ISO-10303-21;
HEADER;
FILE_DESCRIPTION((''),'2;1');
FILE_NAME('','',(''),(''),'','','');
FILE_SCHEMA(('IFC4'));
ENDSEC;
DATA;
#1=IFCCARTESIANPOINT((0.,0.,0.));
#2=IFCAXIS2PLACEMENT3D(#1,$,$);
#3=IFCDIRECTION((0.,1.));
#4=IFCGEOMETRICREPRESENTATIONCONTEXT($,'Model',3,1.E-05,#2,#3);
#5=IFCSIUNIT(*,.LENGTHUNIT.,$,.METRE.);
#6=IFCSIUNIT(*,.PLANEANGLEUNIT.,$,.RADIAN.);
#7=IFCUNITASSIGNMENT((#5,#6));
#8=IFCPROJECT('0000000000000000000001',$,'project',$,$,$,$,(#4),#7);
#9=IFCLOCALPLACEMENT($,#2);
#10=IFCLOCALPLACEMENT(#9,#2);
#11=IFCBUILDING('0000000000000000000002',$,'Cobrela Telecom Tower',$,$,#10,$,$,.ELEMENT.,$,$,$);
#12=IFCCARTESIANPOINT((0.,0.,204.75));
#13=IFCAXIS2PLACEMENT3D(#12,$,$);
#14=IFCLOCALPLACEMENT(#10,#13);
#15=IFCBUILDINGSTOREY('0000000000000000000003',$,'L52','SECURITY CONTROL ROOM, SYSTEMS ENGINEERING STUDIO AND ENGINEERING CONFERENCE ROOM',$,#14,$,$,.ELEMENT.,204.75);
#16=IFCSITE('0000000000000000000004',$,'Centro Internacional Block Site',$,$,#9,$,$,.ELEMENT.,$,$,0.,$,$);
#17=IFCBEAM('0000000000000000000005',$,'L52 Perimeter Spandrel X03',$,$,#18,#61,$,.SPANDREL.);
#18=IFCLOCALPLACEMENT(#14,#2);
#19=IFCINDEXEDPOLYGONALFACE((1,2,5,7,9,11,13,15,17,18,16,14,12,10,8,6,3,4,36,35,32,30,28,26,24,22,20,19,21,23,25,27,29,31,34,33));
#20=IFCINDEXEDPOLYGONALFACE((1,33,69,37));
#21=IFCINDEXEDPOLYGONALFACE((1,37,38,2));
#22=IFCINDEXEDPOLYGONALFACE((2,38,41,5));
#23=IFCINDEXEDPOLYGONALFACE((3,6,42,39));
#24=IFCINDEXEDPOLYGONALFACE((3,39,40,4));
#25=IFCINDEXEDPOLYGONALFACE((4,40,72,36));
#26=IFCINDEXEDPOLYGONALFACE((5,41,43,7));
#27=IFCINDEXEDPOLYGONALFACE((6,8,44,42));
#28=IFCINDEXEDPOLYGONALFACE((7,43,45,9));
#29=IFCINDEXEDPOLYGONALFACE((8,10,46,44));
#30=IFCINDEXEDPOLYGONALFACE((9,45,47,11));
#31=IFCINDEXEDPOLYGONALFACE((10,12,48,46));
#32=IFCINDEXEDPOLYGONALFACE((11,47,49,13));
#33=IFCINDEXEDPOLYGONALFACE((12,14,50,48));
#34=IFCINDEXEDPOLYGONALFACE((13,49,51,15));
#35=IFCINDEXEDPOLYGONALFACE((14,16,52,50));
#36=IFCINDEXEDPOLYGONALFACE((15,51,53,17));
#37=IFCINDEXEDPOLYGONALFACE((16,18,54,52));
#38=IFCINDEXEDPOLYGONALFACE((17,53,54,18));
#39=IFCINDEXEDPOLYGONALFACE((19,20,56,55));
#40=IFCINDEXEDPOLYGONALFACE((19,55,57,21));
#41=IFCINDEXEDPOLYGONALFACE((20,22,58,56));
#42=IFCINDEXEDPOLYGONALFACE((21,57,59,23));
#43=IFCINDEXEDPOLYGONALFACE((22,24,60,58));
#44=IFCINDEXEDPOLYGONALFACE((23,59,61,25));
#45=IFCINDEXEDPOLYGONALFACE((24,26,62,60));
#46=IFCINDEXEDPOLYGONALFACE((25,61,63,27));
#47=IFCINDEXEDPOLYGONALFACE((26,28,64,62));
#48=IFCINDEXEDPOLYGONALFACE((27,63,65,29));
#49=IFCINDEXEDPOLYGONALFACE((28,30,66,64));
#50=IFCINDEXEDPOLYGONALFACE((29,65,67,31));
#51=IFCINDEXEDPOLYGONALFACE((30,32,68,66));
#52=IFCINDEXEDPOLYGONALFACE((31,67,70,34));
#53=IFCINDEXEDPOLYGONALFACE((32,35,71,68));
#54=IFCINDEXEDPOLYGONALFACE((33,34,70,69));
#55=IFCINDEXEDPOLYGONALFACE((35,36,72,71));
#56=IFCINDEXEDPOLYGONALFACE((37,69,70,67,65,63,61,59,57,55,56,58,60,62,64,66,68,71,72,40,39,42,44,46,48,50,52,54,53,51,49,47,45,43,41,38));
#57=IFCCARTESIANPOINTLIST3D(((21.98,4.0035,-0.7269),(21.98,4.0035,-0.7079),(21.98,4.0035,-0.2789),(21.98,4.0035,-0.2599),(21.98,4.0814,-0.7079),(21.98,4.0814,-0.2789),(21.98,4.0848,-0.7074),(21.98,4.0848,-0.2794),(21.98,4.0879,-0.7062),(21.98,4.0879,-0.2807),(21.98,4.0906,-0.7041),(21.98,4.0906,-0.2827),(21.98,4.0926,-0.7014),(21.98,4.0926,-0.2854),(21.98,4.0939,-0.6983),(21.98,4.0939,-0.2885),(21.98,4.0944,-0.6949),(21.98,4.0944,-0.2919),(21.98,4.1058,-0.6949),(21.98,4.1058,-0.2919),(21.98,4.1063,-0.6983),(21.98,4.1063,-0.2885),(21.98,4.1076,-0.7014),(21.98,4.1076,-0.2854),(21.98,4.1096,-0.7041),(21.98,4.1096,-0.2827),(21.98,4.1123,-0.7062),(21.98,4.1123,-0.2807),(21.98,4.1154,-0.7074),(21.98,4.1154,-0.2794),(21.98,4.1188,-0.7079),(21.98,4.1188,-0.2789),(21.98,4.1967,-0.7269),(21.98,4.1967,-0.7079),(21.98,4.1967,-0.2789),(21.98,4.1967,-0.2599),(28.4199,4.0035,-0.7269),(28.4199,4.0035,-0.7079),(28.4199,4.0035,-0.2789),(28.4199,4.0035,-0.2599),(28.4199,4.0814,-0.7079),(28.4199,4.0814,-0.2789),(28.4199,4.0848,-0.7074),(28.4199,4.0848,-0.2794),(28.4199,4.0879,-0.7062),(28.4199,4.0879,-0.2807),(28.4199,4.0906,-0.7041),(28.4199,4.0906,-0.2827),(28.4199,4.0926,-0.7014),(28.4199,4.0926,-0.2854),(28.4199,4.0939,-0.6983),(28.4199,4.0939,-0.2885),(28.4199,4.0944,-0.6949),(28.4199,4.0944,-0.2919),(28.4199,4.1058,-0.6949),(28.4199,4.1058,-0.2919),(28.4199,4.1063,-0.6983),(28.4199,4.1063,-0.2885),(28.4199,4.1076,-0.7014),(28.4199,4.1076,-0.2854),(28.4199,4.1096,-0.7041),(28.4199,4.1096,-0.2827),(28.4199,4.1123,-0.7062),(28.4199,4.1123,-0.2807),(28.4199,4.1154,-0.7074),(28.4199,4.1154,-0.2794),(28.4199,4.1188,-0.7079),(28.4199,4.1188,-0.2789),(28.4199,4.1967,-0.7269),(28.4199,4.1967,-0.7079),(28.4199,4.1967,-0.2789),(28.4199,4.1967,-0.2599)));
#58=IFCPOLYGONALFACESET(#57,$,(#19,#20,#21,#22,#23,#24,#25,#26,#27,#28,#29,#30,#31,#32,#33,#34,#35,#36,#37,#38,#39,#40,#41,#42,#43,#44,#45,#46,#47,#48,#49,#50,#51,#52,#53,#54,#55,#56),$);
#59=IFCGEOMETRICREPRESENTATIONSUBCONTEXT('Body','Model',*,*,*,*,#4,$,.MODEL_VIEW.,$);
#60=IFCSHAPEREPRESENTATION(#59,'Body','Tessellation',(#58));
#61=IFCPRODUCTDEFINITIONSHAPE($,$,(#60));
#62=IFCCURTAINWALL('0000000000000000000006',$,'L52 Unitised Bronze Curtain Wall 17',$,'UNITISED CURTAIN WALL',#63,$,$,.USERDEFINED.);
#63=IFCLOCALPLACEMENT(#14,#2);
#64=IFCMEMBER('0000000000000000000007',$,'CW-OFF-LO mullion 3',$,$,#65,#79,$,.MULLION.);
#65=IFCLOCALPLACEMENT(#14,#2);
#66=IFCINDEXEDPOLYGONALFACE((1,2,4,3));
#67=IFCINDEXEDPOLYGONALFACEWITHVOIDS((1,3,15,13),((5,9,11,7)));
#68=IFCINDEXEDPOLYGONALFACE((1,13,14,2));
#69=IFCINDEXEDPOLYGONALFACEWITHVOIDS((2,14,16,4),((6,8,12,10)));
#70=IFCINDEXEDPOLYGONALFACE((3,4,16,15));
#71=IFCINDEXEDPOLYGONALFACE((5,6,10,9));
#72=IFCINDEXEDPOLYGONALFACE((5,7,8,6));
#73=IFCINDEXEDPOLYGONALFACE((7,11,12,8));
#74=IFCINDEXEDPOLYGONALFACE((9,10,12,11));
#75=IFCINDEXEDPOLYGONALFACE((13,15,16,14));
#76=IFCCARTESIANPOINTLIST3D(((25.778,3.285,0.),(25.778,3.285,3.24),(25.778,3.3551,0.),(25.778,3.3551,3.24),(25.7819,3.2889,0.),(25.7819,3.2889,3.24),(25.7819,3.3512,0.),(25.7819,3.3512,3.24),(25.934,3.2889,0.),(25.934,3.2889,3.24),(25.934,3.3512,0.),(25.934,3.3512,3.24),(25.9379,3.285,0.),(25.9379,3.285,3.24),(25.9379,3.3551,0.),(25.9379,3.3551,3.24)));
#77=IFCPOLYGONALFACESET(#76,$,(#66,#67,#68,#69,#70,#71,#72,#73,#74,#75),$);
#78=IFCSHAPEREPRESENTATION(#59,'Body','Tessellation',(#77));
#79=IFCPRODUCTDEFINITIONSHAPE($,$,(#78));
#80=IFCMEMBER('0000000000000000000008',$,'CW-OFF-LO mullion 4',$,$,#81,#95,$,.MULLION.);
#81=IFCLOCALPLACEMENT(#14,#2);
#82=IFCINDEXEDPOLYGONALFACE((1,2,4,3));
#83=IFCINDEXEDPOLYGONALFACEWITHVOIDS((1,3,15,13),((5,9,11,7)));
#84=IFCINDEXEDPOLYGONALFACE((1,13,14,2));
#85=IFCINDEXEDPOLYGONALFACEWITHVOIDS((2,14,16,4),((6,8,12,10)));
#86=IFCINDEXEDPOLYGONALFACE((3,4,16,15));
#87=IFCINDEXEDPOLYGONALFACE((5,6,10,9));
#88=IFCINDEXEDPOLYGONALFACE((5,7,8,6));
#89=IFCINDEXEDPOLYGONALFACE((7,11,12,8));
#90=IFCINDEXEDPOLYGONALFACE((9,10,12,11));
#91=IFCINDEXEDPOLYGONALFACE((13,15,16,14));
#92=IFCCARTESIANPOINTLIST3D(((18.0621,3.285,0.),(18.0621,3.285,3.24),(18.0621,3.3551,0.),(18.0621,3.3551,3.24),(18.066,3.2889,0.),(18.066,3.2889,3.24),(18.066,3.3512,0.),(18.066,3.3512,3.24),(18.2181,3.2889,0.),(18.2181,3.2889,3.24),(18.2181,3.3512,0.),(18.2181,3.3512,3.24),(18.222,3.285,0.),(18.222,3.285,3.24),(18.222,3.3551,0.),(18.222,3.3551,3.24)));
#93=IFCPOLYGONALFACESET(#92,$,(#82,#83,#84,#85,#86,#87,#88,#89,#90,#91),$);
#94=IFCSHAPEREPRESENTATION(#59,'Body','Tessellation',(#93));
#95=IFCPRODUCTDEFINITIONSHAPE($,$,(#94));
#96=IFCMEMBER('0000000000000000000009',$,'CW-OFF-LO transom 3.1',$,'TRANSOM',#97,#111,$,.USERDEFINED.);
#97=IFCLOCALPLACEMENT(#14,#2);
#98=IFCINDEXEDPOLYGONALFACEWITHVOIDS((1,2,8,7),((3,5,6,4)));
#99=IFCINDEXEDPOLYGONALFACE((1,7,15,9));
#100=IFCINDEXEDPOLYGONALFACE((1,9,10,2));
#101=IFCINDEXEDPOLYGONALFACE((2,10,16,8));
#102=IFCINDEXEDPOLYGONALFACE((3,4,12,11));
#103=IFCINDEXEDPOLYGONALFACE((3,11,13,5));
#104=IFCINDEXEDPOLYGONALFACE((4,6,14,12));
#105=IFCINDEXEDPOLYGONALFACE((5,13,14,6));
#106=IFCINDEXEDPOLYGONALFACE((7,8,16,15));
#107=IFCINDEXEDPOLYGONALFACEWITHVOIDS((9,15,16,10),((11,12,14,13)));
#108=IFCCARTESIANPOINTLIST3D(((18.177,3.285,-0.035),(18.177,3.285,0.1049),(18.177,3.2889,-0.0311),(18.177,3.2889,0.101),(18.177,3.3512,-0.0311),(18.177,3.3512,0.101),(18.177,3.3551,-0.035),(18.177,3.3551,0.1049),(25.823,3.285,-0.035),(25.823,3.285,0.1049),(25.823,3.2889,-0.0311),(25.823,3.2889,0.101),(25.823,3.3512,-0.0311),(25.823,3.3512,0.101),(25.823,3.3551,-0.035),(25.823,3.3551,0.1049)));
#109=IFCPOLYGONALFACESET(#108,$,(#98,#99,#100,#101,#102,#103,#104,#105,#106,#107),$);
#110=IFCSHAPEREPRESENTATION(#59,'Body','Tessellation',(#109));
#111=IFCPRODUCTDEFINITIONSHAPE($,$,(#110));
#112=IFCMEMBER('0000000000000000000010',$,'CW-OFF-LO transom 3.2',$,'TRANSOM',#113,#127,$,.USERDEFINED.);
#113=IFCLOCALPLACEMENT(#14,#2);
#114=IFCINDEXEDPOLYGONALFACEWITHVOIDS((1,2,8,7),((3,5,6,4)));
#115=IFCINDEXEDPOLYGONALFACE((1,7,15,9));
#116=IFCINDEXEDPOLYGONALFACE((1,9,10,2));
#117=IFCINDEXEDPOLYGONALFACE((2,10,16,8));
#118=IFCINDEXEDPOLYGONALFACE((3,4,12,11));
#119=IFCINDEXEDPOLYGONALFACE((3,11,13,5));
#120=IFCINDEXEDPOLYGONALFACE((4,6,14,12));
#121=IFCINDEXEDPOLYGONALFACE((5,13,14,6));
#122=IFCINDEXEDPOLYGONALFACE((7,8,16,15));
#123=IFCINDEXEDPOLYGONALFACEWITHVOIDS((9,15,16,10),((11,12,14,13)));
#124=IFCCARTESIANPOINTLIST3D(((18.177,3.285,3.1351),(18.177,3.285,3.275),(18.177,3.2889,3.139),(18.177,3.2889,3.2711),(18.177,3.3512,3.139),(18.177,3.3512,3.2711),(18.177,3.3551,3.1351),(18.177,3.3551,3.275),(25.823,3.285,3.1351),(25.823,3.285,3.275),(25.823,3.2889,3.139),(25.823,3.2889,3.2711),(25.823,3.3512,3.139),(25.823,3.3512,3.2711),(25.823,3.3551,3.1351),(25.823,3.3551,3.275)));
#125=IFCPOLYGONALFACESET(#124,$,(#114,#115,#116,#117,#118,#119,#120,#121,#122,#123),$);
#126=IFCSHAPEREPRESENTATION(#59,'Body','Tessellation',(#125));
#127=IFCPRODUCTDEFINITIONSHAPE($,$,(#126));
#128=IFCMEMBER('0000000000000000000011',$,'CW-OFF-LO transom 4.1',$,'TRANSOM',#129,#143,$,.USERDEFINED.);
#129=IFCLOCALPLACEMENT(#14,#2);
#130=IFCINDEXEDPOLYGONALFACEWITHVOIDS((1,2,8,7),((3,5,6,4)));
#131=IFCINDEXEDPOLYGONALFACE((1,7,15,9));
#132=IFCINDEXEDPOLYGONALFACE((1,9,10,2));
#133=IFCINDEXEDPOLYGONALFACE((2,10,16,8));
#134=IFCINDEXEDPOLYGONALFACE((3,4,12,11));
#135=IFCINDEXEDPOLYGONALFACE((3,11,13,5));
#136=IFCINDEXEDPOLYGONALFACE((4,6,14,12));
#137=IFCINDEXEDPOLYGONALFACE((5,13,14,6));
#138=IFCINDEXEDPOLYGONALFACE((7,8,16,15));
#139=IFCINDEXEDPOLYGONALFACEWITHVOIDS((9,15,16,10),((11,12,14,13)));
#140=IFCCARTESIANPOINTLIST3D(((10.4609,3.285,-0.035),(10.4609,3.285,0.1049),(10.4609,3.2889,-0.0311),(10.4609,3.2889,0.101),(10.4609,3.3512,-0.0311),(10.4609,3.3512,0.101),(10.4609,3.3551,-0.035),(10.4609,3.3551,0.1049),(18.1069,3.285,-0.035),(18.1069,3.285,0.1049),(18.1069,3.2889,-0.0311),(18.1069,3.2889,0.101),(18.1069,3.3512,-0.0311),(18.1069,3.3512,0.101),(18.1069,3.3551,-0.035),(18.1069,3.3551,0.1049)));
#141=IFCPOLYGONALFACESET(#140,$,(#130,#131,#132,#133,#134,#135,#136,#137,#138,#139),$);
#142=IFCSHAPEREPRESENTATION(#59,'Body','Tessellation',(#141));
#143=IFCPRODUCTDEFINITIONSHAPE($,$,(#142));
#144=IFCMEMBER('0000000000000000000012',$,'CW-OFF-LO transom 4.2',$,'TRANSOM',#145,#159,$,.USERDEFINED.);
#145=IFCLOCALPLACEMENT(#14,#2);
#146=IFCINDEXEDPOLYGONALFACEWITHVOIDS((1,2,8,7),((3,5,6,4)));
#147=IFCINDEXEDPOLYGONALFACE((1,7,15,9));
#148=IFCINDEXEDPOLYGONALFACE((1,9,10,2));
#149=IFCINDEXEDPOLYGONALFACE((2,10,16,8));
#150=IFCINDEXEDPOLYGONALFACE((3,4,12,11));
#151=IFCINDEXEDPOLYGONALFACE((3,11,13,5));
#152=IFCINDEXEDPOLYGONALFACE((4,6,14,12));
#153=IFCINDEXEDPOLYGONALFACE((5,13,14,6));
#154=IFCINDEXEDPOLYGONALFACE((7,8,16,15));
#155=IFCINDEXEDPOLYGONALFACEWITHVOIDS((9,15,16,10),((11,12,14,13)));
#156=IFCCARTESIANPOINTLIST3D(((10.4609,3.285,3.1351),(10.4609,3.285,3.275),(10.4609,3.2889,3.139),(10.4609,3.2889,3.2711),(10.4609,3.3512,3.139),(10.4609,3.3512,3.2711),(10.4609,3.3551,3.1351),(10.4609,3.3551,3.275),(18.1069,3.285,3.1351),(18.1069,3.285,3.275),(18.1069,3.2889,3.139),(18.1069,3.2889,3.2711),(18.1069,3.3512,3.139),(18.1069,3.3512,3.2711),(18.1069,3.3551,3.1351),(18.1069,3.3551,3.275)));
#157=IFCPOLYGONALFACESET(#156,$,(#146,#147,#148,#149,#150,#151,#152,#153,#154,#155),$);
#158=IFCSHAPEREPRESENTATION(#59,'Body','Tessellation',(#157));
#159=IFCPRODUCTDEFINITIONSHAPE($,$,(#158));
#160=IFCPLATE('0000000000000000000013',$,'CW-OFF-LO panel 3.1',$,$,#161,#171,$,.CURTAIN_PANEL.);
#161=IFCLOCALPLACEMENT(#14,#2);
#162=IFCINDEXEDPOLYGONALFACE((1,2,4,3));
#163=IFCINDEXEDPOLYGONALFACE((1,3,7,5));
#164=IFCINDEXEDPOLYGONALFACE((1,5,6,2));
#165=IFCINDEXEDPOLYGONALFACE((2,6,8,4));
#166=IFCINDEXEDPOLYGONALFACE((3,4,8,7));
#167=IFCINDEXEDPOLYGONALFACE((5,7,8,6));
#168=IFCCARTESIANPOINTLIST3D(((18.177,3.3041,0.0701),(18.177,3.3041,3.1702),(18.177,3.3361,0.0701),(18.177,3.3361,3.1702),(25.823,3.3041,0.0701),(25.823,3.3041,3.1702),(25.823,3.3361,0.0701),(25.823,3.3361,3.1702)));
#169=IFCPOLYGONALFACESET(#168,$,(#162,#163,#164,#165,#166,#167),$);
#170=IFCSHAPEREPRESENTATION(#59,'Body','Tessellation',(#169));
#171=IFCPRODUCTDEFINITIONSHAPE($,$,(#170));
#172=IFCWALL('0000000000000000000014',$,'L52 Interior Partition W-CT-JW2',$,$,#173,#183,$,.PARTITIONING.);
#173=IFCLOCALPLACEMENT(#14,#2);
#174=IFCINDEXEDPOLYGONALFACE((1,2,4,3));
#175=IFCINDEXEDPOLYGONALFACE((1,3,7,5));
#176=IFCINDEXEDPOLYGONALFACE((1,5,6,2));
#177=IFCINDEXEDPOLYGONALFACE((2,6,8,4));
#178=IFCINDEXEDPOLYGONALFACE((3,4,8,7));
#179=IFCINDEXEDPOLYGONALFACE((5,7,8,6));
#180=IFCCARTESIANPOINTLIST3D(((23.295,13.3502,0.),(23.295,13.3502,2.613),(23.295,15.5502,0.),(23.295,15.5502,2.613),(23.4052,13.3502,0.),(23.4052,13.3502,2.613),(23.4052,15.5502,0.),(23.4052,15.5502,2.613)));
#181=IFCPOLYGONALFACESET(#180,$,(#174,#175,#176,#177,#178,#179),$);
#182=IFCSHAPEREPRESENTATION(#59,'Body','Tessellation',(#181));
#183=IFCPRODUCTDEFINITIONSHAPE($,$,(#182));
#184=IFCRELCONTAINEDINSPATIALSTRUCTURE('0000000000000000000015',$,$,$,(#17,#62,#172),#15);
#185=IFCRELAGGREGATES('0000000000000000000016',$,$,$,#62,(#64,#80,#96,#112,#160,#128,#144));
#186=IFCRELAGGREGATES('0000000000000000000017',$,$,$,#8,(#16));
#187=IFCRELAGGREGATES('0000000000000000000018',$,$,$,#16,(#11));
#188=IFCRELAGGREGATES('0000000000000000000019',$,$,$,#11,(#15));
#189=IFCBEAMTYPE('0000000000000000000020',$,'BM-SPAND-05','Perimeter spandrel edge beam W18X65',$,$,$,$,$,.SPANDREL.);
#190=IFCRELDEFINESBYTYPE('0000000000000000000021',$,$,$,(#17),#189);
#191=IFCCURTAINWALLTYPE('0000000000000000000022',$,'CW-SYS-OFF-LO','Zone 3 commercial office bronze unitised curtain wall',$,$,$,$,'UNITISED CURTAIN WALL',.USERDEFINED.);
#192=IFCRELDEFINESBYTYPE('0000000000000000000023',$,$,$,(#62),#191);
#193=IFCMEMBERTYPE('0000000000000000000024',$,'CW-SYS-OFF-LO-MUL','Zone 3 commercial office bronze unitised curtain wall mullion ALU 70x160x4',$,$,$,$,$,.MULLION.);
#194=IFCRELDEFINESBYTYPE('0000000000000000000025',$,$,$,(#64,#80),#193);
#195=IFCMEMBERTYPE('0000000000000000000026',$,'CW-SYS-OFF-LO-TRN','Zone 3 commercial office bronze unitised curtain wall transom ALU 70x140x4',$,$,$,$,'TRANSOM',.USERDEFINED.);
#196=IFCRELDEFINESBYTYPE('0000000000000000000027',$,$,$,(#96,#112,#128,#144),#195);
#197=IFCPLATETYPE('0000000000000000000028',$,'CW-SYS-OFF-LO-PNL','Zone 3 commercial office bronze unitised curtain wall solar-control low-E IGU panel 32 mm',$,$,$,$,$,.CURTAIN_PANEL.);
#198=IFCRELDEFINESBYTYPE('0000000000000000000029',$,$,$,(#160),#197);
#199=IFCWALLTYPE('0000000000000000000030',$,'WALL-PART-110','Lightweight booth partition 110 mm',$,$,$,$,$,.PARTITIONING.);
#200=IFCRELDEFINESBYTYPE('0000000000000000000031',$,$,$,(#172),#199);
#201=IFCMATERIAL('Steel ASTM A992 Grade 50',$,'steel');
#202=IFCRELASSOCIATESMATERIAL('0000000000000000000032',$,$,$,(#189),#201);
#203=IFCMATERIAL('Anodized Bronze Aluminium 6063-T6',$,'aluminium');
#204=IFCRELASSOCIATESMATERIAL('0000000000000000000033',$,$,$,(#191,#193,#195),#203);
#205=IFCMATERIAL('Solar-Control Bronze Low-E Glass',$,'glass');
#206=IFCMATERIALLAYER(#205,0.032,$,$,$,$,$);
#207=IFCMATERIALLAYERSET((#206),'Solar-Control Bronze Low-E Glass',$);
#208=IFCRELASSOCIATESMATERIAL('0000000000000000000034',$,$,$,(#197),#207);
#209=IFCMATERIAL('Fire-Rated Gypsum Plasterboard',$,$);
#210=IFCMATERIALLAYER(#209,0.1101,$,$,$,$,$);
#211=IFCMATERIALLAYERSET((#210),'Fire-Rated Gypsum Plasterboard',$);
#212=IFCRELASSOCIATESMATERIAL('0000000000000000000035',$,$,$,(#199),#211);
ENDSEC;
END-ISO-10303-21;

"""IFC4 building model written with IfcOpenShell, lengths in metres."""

from ifc_helpers import new_model, si_unit, direction, frame, frame_2d, origin, origin_2d, place, context, subcontext, project, spatial, rectangle, hollow_rectangle, i_section, extrude, material, layer, layer_set, material_profile, profile_set, type_object, element, aggregate, save


model = new_model("IFC4")

# Units and contexts
model_context = context("Model", 3, precision=1e-05, world=origin(), true_north=direction((0.0, 1.0)))
body_context = subcontext(model_context, "Body", "Model", "MODEL_VIEW")
ifc_project = project(units=[si_unit("LENGTHUNIT", "METRE"), si_unit("PLANEANGLEUNIT", "RADIAN")], contexts=[model_context])

# Site, building, storey
site_placement = place(None, origin())
site = spatial("IfcSite", under=ifc_project, at=site_placement, Name="Centro Internacional Block Site", CompositionType="ELEMENT", RefElevation=0.0)
building_placement = place(site_placement, origin())
building = spatial("IfcBuilding", under=site, at=building_placement, Name="Cobrela Telecom Tower", CompositionType="ELEMENT")
storey_placement = place(building_placement, frame((0.0, 0.0, 204.75)))
storey = spatial("IfcBuildingStorey", under=building, at=storey_placement, Name="L52", Description="SECURITY CONTROL ROOM, SYSTEMS ENGINEERING STUDIO AND ENGINEERING CONFERENCE ROOM", CompositionType="ELEMENT", Elevation=204.75)

# Shared definitions
ifc_material_1 = material(Name="Steel ASTM A992 Grade 50", Category="steel")

# Beam
ifc_material_profile_1 = material_profile(ifc_material_1, i_section(OverallWidth=0.1931, OverallDepth=0.467, WebThickness=0.0115, FlangeThickness=0.019, FilletRadius=0.0129, at=origin_2d()), Name="W18X65")
ifc_profile_set_1 = profile_set([ifc_material_profile_1], Name="Steel ASTM A992 Grade 50")
beam_type_1 = type_object("IfcBeamType", Name="BM-SPAND-05", Description="Perimeter spandrel edge beam W18X65", PredefinedType="SPANDREL", material=ifc_profile_set_1)
beam_1_placement = place(storey_placement, frame((21.98, 4.1001, -0.4934), z_axis=(1.0, 0.0, 0.0), x_axis=(0.0, 1.0, 0.0)))
element("IfcBeam", 1, at=beam_1_placement, inside=storey, type_object=beam_type_1, Name="L52 Perimeter Spandrel X03", PredefinedType="SPANDREL", context=body_context, shape_type="SweptSolid", body=[
    extrude(i_section(OverallWidth=0.1931, OverallDepth=0.467, WebThickness=0.0115, FlangeThickness=0.019, FilletRadius=0.0129, at=origin_2d()), origin(), (0.0, 0.0, 1.0), 6.4399),
])

# Curtain wall, members, plate
ifc_material_2 = material(Name="Anodized Bronze Aluminium 6063-T6", Category="aluminium")
curtain_wall_type = type_object("IfcCurtainWallType", Name="CW-SYS-OFF-LO", Description="Zone 3 commercial office bronze unitised curtain wall", ElementType="UNITISED CURTAIN WALL", PredefinedType="USERDEFINED", material=ifc_material_2)
curtain_wall_placement = place(storey_placement, origin())
curtain_wall = element("IfcCurtainWall", 2, at=curtain_wall_placement, inside=storey, type_object=curtain_wall_type, Name="L52 Unitised Bronze Curtain Wall 17", ObjectType="UNITISED CURTAIN WALL", PredefinedType="USERDEFINED")
ifc_material_profile_2 = material_profile(ifc_material_2, hollow_rectangle(XDim=0.0701, YDim=0.1599, WallThickness=0.0039, at=origin_2d()), Name="ALU 70x160x4")
ifc_profile_set_2 = profile_set([ifc_material_profile_2], Name="Anodized Bronze Aluminium 6063-T6")
member_type_1 = type_object("IfcMemberType", Name="CW-SYS-OFF-LO-MUL", Description="Zone 3 commercial office bronze unitised curtain wall mullion ALU 70x160x4", PredefinedType="MULLION", material=ifc_profile_set_2)
member_1_placement = place(storey_placement, frame((25.8579, 3.3201, 0.0), z_axis=(0.0, 0.0, 1.0), x_axis=(0.0, -1.0, 0.0)))
member_1 = element("IfcMember", 3, at=member_1_placement, type_object=member_type_1, Name="CW-OFF-LO mullion 3", PredefinedType="MULLION", context=body_context, shape_type="SweptSolid", body=[
    extrude(hollow_rectangle(XDim=0.0701, YDim=0.1599, WallThickness=0.0039, at=origin_2d()), origin(), (0.0, 0.0, 1.0), 3.24),
])
member_2_placement = place(storey_placement, frame((18.1421, 3.3201, 0.0), z_axis=(0.0, 0.0, 1.0), x_axis=(0.0, -1.0, 0.0)))
member_2 = element("IfcMember", 4, at=member_2_placement, type_object=member_type_1, Name="CW-OFF-LO mullion 4", PredefinedType="MULLION", context=body_context, shape_type="SweptSolid", body=[
    extrude(hollow_rectangle(XDim=0.0701, YDim=0.1599, WallThickness=0.0039, at=origin_2d()), origin(), (0.0, 0.0, 1.0), 3.24),
])
ifc_material_profile_3 = material_profile(ifc_material_2, hollow_rectangle(XDim=0.0701, YDim=0.1399, WallThickness=0.0039, at=origin_2d()), Name="ALU 70x140x4")
ifc_profile_set_3 = profile_set([ifc_material_profile_3], Name="Anodized Bronze Aluminium 6063-T6")
member_type_2 = type_object("IfcMemberType", Name="CW-SYS-OFF-LO-TRN", Description="Zone 3 commercial office bronze unitised curtain wall transom ALU 70x140x4", ElementType="TRANSOM", PredefinedType="USERDEFINED", material=ifc_profile_set_3)
member_3_placement = place(storey_placement, frame((25.823, 3.3201, 0.0349), z_axis=(-1.0, 0.0, 0.0), x_axis=(0.0, -1.0, 0.0)))
member_3 = element("IfcMember", 5, at=member_3_placement, type_object=member_type_2, Name="CW-OFF-LO transom 3.1", ObjectType="TRANSOM", PredefinedType="USERDEFINED", context=body_context, shape_type="SweptSolid", body=[
    extrude(hollow_rectangle(XDim=0.0701, YDim=0.1399, WallThickness=0.0039, at=origin_2d()), origin(), (0.0, 0.0, 1.0), 7.646),
])
member_4_placement = place(storey_placement, frame((25.823, 3.3201, 3.2051), z_axis=(-1.0, 0.0, 0.0), x_axis=(0.0, -1.0, 0.0)))
member_4 = element("IfcMember", 6, at=member_4_placement, type_object=member_type_2, Name="CW-OFF-LO transom 3.2", ObjectType="TRANSOM", PredefinedType="USERDEFINED", context=body_context, shape_type="SweptSolid", body=[
    extrude(hollow_rectangle(XDim=0.0701, YDim=0.1399, WallThickness=0.0039, at=origin_2d()), origin(), (0.0, 0.0, 1.0), 7.646),
])
member_5_placement = place(storey_placement, frame((18.1069, 3.3201, 0.0349), z_axis=(-1.0, 0.0, 0.0), x_axis=(0.0, -1.0, 0.0)))
member_5 = element("IfcMember", 7, at=member_5_placement, type_object=member_type_2, Name="CW-OFF-LO transom 4.1", ObjectType="TRANSOM", PredefinedType="USERDEFINED", context=body_context, shape_type="SweptSolid", body=[
    extrude(hollow_rectangle(XDim=0.0701, YDim=0.1399, WallThickness=0.0039, at=origin_2d()), origin(), (0.0, 0.0, 1.0), 7.646),
])
member_6_placement = place(storey_placement, frame((18.1069, 3.3201, 3.2051), z_axis=(-1.0, 0.0, 0.0), x_axis=(0.0, -1.0, 0.0)))
member_6 = element("IfcMember", 8, at=member_6_placement, type_object=member_type_2, Name="CW-OFF-LO transom 4.2", ObjectType="TRANSOM", PredefinedType="USERDEFINED", context=body_context, shape_type="SweptSolid", body=[
    extrude(hollow_rectangle(XDim=0.0701, YDim=0.1399, WallThickness=0.0039, at=origin_2d()), origin(), (0.0, 0.0, 1.0), 7.646),
])
ifc_material_3 = material(Name="Solar-Control Bronze Low-E Glass", Category="glass")
ifc_layer_1 = layer(ifc_material_3, 0.032)
ifc_layer_set_1 = layer_set([ifc_layer_1], Name="Solar-Control Bronze Low-E Glass")
plate_type = type_object("IfcPlateType", Name="CW-SYS-OFF-LO-PNL", Description="Zone 3 commercial office bronze unitised curtain wall solar-control low-E IGU panel 32 mm", PredefinedType="CURTAIN_PANEL", material=ifc_layer_set_1)
plate_placement = place(storey_placement, frame((22.0, 3.3201, 0.0701), z_axis=(0.0, 0.0, 1.0), x_axis=(-1.0, 0.0, 0.0)))
plate = element("IfcPlate", 9, at=plate_placement, type_object=plate_type, Name="CW-OFF-LO panel 3.1", PredefinedType="CURTAIN_PANEL", context=body_context, shape_type="SweptSolid", body=[
    extrude(rectangle(XDim=7.646, YDim=0.032, at=origin_2d()), origin(), (0.0, 0.0, 1.0), 3.1001),
])
aggregate(curtain_wall, [member_1, member_2, member_3, member_4, plate, member_5, member_6])

# Wall
ifc_material_4 = material(Name="Fire-Rated Gypsum Plasterboard")
ifc_layer_2 = layer(ifc_material_4, 0.1101)
ifc_layer_set_2 = layer_set([ifc_layer_2], Name="Fire-Rated Gypsum Plasterboard")
wall_type_1 = type_object("IfcWallType", Name="WALL-PART-110", Description="Lightweight booth partition 110 mm", PredefinedType="PARTITIONING", material=ifc_layer_set_2)
wall_1_placement = place(storey_placement, frame((23.3501, 13.3501, 0.0), z_axis=(0.0, 0.0, 1.0), x_axis=(0.0, 1.0, 0.0)))
element("IfcWall", 10, at=wall_1_placement, inside=storey, type_object=wall_type_1, Name="L52 Interior Partition W-CT-JW2", PredefinedType="PARTITIONING", context=body_context, shape_type="SweptSolid", body=[
    extrude(rectangle(XDim=2.2, YDim=0.1101, at=frame_2d((1.1001, 0.0))), origin(), (0.0, 0.0, 1.0), 2.613),
])

save(model, "model.ifc")
